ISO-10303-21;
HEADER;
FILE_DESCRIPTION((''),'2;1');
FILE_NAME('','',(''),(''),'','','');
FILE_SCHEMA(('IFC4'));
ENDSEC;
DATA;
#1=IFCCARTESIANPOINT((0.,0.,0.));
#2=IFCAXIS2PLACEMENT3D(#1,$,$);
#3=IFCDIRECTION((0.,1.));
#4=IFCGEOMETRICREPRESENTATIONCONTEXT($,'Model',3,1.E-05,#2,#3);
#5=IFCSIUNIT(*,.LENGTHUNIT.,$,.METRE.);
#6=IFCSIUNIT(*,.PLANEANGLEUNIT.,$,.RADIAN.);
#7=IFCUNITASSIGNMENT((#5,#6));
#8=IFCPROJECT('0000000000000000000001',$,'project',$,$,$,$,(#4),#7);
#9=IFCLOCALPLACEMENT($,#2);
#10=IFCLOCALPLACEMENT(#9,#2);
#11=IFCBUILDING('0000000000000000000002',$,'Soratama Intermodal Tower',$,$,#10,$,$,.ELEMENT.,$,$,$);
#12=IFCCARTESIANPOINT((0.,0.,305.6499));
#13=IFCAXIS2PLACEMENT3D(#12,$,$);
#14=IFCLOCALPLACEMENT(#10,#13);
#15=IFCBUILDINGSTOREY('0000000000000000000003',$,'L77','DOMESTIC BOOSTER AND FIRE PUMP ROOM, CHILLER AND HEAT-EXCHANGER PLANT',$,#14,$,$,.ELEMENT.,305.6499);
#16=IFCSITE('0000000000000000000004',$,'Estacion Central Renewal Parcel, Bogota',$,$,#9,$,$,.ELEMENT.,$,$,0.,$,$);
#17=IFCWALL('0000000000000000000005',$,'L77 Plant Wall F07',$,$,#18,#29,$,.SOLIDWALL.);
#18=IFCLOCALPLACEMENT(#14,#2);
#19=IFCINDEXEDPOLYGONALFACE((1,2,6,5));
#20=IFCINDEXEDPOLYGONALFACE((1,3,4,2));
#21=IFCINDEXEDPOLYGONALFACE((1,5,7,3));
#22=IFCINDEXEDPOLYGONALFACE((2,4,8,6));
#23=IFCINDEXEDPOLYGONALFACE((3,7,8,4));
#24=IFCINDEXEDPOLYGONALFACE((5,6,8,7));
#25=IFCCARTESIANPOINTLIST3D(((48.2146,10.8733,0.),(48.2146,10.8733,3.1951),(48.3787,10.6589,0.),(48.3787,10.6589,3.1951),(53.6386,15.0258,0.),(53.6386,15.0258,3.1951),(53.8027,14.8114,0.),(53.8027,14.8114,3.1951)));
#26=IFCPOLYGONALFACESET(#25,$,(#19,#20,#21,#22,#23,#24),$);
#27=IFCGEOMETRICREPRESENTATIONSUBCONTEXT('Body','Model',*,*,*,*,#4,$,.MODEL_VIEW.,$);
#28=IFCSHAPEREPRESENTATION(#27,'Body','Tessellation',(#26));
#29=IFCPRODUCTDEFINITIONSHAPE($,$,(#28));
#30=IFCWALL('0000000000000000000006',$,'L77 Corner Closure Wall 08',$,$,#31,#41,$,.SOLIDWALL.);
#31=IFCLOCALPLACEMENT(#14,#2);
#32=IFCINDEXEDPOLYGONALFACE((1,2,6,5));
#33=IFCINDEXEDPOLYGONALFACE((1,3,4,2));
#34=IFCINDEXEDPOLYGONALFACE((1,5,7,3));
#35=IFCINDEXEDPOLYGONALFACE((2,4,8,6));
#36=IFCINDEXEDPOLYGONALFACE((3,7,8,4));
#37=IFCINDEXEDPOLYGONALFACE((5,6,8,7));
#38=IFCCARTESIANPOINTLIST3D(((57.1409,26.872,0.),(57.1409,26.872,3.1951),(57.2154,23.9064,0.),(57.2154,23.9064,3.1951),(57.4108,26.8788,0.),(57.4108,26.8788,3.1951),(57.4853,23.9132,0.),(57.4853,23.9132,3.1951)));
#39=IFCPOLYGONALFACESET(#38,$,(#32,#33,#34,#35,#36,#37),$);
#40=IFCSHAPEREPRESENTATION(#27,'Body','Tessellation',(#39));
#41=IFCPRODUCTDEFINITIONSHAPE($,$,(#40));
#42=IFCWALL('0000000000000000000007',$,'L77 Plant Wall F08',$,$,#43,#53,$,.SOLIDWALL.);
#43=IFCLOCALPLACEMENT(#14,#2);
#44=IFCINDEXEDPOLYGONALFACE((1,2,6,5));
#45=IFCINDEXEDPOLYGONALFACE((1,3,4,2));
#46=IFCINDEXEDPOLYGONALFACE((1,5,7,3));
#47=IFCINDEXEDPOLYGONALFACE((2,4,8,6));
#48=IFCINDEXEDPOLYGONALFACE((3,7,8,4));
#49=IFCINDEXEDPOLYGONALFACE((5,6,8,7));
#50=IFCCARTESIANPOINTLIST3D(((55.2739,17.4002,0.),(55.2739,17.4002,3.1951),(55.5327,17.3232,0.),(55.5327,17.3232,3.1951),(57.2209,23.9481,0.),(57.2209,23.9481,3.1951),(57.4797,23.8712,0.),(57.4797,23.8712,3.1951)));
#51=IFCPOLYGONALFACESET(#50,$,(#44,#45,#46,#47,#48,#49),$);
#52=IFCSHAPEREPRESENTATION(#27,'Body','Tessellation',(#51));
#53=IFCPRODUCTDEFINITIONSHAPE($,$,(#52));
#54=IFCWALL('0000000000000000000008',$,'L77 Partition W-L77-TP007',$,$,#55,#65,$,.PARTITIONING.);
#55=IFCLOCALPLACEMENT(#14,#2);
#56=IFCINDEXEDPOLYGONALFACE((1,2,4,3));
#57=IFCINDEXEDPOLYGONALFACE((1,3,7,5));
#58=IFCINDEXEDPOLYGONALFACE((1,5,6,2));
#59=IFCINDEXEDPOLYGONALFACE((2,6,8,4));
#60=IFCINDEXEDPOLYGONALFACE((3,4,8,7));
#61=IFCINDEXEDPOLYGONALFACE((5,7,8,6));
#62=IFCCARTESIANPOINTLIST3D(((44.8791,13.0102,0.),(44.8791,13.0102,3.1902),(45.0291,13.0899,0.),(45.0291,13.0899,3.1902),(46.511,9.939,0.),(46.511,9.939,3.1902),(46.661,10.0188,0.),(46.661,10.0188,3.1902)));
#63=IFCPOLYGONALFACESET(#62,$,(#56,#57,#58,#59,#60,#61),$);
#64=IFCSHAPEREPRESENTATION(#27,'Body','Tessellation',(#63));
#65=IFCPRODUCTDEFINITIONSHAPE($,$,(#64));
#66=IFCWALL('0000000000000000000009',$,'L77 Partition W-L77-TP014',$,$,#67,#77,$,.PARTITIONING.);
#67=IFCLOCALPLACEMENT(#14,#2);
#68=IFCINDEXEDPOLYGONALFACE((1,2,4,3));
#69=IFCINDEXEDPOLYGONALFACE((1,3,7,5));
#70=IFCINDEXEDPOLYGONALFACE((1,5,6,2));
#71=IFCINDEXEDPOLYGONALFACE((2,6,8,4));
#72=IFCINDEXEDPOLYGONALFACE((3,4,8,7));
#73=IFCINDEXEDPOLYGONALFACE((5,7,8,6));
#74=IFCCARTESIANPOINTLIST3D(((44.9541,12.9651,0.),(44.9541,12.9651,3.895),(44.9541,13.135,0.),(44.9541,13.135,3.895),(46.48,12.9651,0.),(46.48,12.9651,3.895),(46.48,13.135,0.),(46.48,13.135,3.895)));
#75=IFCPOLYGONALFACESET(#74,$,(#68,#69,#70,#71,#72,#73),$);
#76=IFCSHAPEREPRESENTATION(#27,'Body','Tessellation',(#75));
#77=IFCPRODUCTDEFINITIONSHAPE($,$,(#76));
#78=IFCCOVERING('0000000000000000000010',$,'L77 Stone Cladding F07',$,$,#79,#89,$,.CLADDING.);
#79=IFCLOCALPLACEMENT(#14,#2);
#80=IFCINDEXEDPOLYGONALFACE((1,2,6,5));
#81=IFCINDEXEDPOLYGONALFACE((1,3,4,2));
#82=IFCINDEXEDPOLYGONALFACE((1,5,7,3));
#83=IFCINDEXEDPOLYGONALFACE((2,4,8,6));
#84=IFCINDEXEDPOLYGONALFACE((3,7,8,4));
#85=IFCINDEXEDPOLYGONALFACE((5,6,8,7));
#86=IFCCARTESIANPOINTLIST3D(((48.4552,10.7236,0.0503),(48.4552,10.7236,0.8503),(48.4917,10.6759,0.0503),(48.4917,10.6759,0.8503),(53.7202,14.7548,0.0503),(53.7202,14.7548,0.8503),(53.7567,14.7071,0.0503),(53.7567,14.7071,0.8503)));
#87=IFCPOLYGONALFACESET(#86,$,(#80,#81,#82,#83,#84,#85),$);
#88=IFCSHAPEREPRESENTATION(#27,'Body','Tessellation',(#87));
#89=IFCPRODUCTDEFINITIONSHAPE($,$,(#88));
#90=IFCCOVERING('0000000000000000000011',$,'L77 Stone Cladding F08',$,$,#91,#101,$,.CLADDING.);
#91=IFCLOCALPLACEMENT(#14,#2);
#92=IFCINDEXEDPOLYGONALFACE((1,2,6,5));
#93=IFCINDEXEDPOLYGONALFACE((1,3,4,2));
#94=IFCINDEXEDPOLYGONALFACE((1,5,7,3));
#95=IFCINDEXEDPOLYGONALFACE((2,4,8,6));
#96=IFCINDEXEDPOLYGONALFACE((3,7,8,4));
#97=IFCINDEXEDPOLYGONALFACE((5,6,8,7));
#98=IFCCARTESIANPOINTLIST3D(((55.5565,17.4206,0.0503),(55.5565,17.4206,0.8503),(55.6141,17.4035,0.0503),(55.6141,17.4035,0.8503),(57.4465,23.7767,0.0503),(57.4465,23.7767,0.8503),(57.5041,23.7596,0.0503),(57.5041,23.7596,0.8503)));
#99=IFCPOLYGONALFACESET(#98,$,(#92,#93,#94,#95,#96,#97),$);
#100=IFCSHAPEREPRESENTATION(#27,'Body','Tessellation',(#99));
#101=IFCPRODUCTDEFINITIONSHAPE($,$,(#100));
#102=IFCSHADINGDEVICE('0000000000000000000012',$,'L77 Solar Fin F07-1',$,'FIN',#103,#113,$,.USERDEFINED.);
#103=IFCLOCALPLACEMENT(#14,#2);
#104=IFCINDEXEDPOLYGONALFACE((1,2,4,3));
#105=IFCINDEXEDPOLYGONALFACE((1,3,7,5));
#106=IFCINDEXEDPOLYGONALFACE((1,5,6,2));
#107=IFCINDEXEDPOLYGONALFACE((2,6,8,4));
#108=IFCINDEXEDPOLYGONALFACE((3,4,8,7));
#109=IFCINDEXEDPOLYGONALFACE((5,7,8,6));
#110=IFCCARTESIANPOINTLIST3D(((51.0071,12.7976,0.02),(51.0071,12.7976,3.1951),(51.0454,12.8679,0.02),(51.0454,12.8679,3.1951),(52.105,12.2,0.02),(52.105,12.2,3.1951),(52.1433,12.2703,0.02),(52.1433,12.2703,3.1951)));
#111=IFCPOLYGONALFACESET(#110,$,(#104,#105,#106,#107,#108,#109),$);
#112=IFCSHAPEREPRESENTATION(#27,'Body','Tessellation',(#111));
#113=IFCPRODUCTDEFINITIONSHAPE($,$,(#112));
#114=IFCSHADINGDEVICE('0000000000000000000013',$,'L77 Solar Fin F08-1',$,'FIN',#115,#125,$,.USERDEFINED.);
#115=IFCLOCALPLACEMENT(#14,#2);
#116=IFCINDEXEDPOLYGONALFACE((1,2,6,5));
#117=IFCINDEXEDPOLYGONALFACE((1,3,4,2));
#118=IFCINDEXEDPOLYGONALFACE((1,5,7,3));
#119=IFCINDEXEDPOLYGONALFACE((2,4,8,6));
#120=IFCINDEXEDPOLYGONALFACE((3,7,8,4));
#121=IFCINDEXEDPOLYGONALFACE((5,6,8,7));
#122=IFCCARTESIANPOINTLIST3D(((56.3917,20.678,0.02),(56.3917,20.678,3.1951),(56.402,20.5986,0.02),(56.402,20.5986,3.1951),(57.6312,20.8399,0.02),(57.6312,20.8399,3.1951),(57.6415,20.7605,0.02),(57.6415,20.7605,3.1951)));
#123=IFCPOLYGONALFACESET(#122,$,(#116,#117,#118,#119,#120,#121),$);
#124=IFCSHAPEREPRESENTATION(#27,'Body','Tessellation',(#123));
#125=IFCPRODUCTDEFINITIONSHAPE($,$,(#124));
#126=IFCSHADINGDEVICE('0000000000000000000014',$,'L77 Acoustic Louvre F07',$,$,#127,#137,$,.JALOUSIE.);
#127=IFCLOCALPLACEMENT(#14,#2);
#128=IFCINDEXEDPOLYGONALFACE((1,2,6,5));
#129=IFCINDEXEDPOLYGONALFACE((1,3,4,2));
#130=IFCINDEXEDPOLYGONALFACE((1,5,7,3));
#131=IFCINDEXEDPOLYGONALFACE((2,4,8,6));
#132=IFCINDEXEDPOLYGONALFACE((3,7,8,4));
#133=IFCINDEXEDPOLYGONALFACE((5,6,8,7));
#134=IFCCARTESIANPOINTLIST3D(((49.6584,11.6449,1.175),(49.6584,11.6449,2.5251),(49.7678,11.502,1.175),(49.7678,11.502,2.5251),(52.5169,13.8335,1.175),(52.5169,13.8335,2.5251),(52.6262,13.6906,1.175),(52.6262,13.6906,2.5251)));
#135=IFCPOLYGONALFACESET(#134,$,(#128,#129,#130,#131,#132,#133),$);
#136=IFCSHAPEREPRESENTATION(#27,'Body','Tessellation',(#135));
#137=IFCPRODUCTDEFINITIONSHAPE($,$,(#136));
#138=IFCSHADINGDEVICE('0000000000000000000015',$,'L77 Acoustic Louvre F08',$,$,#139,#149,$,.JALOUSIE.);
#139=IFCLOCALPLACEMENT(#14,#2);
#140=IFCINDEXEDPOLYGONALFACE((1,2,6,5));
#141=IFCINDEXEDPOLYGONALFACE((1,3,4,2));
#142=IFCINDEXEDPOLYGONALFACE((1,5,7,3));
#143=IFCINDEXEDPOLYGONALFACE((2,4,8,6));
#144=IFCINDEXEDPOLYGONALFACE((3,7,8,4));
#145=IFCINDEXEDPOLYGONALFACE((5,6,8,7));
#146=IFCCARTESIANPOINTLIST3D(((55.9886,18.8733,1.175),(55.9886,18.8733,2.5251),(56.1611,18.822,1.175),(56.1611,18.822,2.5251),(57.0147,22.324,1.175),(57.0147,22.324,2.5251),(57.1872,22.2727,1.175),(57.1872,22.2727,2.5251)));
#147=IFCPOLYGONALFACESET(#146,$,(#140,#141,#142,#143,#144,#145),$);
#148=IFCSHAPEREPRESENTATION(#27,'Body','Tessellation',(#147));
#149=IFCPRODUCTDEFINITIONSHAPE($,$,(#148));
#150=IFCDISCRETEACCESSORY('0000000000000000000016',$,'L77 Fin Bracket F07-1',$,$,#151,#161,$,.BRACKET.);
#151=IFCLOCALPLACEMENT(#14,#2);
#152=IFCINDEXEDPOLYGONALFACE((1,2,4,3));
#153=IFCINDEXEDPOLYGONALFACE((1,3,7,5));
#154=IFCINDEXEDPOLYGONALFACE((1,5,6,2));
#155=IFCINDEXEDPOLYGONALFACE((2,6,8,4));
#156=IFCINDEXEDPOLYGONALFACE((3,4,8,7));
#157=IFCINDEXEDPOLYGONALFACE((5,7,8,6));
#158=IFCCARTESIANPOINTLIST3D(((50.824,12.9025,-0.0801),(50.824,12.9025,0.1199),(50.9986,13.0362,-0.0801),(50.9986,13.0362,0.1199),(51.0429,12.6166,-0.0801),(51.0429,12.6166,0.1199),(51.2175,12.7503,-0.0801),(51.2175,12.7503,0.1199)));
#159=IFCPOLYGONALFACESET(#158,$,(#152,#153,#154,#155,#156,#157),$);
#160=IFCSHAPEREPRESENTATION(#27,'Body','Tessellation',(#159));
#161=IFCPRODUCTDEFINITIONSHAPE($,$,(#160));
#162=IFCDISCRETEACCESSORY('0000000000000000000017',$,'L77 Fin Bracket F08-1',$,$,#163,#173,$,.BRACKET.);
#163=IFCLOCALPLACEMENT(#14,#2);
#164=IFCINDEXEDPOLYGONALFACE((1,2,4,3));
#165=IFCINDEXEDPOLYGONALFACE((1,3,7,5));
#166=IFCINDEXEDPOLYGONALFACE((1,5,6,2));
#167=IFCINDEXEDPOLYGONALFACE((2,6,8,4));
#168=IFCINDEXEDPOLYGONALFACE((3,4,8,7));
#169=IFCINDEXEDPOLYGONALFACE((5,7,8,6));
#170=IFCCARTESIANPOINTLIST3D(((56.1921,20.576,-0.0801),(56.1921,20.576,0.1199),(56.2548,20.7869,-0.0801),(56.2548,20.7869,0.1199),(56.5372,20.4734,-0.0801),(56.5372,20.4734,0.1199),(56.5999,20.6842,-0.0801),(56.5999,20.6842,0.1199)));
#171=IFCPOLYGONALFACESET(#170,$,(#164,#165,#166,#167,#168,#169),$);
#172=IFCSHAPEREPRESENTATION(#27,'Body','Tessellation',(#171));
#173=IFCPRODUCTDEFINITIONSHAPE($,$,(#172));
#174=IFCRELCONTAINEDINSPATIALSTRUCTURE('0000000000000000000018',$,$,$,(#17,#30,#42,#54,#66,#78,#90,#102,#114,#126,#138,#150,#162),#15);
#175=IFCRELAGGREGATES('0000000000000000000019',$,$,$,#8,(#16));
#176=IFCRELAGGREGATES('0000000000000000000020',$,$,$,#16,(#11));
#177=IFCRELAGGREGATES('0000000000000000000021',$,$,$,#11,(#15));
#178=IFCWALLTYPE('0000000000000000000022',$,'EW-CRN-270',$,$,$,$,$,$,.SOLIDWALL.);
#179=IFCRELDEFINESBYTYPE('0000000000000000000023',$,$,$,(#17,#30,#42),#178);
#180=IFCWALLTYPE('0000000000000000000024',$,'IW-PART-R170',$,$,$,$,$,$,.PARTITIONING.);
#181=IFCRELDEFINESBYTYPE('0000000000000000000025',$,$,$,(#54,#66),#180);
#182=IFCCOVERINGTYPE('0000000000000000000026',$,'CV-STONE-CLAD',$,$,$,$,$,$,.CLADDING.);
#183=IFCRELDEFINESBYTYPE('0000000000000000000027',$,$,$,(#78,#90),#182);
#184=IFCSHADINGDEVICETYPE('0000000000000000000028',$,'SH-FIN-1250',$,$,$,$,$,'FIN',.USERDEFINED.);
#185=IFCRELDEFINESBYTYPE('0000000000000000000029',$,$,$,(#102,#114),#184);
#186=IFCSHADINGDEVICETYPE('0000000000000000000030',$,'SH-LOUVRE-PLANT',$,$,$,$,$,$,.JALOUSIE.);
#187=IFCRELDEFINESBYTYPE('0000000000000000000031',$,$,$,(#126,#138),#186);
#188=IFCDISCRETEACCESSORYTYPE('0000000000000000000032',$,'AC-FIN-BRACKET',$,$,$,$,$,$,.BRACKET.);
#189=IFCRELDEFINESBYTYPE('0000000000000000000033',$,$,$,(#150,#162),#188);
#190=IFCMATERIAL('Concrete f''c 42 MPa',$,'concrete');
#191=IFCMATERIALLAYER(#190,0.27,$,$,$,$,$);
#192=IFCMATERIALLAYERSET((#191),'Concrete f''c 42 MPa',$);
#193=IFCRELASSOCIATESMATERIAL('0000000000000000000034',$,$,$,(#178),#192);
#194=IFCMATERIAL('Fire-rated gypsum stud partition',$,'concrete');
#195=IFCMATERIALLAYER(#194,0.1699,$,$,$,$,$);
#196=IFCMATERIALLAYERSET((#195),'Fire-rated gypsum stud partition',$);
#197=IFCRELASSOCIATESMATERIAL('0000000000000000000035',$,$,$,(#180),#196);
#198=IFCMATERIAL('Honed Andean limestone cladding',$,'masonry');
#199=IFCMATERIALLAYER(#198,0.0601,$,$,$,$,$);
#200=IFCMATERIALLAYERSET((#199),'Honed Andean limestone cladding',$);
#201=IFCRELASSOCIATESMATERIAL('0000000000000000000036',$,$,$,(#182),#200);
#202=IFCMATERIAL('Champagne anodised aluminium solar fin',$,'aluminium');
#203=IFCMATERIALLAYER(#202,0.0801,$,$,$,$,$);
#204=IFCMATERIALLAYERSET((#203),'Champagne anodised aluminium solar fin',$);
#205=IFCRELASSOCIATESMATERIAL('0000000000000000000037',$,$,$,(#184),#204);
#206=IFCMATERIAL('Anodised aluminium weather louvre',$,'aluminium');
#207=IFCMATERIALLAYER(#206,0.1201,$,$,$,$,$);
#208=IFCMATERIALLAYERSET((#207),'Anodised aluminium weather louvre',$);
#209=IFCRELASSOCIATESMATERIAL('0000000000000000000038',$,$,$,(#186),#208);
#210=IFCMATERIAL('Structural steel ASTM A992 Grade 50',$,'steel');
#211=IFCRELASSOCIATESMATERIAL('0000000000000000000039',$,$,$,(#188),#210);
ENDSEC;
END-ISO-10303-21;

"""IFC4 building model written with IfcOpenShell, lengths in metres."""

from ifc_helpers import new_model, si_unit, direction, frame, frame_2d, origin, origin_2d, place, context, subcontext, project, spatial, rectangle, extrude, material, layer, layer_set, type_object, element, save


model = new_model("IFC4")

# Units and contexts
model_context = context("Model", 3, precision=1e-05, world=origin(), true_north=direction((0.0, 1.0)))
body_context = subcontext(model_context, "Body", "Model", "MODEL_VIEW")
ifc_project = project(units=[si_unit("LENGTHUNIT", "METRE"), si_unit("PLANEANGLEUNIT", "RADIAN")], contexts=[model_context])

# Site, building, storey
site_placement = place(None, origin())
site = spatial("IfcSite", under=ifc_project, at=site_placement, Name="Estacion Central Renewal Parcel, Bogota", CompositionType="ELEMENT", RefElevation=0.0)
building_placement = place(site_placement, origin())
building = spatial("IfcBuilding", under=site, at=building_placement, Name="Soratama Intermodal Tower", CompositionType="ELEMENT")
storey_placement = place(building_placement, frame((0.0, 0.0, 305.6499)))
storey = spatial("IfcBuildingStorey", under=building, at=storey_placement, Name="L77", Description="DOMESTIC BOOSTER AND FIRE PUMP ROOM, CHILLER AND HEAT-EXCHANGER PLANT", CompositionType="ELEMENT", Elevation=305.6499)

# Walls
ifc_material_1 = material(Name="Concrete f'c 42 MPa", Category="concrete")
ifc_layer_1 = layer(ifc_material_1, 0.27)
ifc_layer_set_1 = layer_set([ifc_layer_1], Name="Concrete f'c 42 MPa")
wall_type_1 = type_object("IfcWallType", Name="EW-CRN-270", PredefinedType="SOLIDWALL", material=ifc_layer_set_1)
wall_1_placement = place(storey_placement, frame((48.2966, 10.7661, 0.0), z_axis=(0.0, 0.0, 1.0), x_axis=(0.794021, 0.60789, 0.0)))
element("IfcWall", 1, at=wall_1_placement, inside=storey, type_object=wall_type_1, Name="L77 Plant Wall F07", PredefinedType="SOLIDWALL", context=body_context, shape_type="SweptSolid", body=[
    extrude(rectangle(XDim=6.8311, YDim=0.27, at=frame_2d((3.4155, 0.0))), origin(), (0.0, 0.0, 1.0), 3.1951),
])
wall_2_placement = place(storey_placement, frame((57.3503, 23.9097, 0.0), z_axis=(0.0, 0.0, 1.0), x_axis=(-0.025101, 0.999685, 0.0)))
element("IfcWall", 2, at=wall_2_placement, inside=storey, type_object=wall_type_1, Name="L77 Corner Closure Wall 08", PredefinedType="SOLIDWALL", context=body_context, shape_type="SweptSolid", body=[
    extrude(rectangle(XDim=2.9666, YDim=0.27, at=frame_2d((1.4834, 0.0))), origin(), (0.0, 0.0, 1.0), 3.1951),
])
wall_3_placement = place(storey_placement, frame((55.4033, 17.3618, 0.0), z_axis=(0.0, 0.0, 1.0), x_axis=(0.285019, 0.958522, 0.0)))
element("IfcWall", 3, at=wall_3_placement, inside=storey, type_object=wall_type_1, Name="L77 Plant Wall F08", PredefinedType="SOLIDWALL", context=body_context, shape_type="SweptSolid", body=[
    extrude(rectangle(XDim=6.8313, YDim=0.27, at=frame_2d((3.4155, 0.0))), origin(), (0.0, 0.0, 1.0), 3.1951),
])
ifc_material_2 = material(Name="Fire-rated gypsum stud partition", Category="concrete")
ifc_layer_2 = layer(ifc_material_2, 0.1699)
ifc_layer_set_2 = layer_set([ifc_layer_2], Name="Fire-rated gypsum stud partition")
wall_type_2 = type_object("IfcWallType", Name="IW-PART-R170", PredefinedType="PARTITIONING", material=ifc_layer_set_2)
wall_4_placement = place(storey_placement, frame((46.5859, 9.979, 0.0), z_axis=(0.0, 0.0, 1.0), x_axis=(-0.469232, 0.883075, 0.0)))
element("IfcWall", 4, at=wall_4_placement, inside=storey, type_object=wall_type_2, Name="L77 Partition W-L77-TP007", PredefinedType="PARTITIONING", context=body_context, shape_type="SweptSolid", body=[
    extrude(rectangle(XDim=3.4778, YDim=0.1699, at=frame_2d((1.7388, 0.0))), origin(), (0.0, 0.0, 1.0), 3.1902),
])
wall_5_placement = place(storey_placement, frame((46.48, 13.05, 0.0), z_axis=(0.0, 0.0, 1.0), x_axis=(-1.0, 0.0, 0.0)))
element("IfcWall", 5, at=wall_5_placement, inside=storey, type_object=wall_type_2, Name="L77 Partition W-L77-TP014", PredefinedType="PARTITIONING", context=body_context, shape_type="SweptSolid", body=[
    extrude(rectangle(XDim=1.5259, YDim=0.1699, at=frame_2d((0.7629, 0.0))), origin(), (0.0, 0.0, 1.0), 3.895),
])

# Coverings
ifc_material_3 = material(Name="Honed Andean limestone cladding", Category="masonry")
ifc_layer_3 = layer(ifc_material_3, 0.0601)
ifc_layer_set_3 = layer_set([ifc_layer_3], Name="Honed Andean limestone cladding")
covering_type = type_object("IfcCoveringType", Name="CV-STONE-CLAD", PredefinedType="CLADDING", material=ifc_layer_set_3)
for number, where, z_axis, x_axis, name in (
    (6, (51.106, 12.7153, 0.0503), (0.0, 0.0, 1.0), (0.79399, 0.60793, 0.0), "L77 Stone Cladding F07"),
    (7, (56.5303, 20.5901, 0.0503), (0.0, 0.0, 1.0), (0.285019, 0.958522, 0.0), "L77 Stone Cladding F08"),
):
    element("IfcCovering", number, at=place(storey_placement, frame(where, z_axis=z_axis, x_axis=x_axis)), inside=storey, type_object=covering_type, Name=name, PredefinedType="CLADDING", context=body_context, shape_type="SweptSolid", body=[
        extrude(rectangle(XDim=6.6311, YDim=0.0601, at=origin_2d()), origin(), (0.0, 0.0, 1.0), 0.8),
    ])

# Shading devices
ifc_material_4 = material(Name="Champagne anodised aluminium solar fin", Category="aluminium")
ifc_layer_4 = layer(ifc_material_4, 0.0801)
ifc_layer_set_4 = layer_set([ifc_layer_4], Name="Champagne anodised aluminium solar fin")
shading_device_type_1 = type_object("IfcShadingDeviceType", Name="SH-FIN-1250", ElementType="FIN", PredefinedType="USERDEFINED", material=ifc_layer_set_4)
for number, where, z_axis, x_axis, name in (
    (8, (51.5752, 12.5339, 0.02), (0.0, 0.0, 1.0), (0.878317, -0.478079, 0.0), "L77 Solar Fin F07-1"),
    (9, (57.0166, 20.7192, 0.02), (0.0, 0.0, 1.0), (0.991581, 0.129488, 0.0), "L77 Solar Fin F08-1"),
):
    element("IfcShadingDevice", number, at=place(storey_placement, frame(where, z_axis=z_axis, x_axis=x_axis)), inside=storey, type_object=shading_device_type_1, Name=name, ObjectType="FIN", PredefinedType="USERDEFINED", context=body_context, shape_type="SweptSolid", body=[
        extrude(rectangle(XDim=1.25, YDim=0.0801, at=origin_2d()), origin(), (0.0, 0.0, 1.0), 3.175),
    ])
ifc_material_5 = material(Name="Anodised aluminium weather louvre", Category="aluminium")
ifc_layer_5 = layer(ifc_material_5, 0.1201)
ifc_layer_set_5 = layer_set([ifc_layer_5], Name="Anodised aluminium weather louvre")
shading_device_type_2 = type_object("IfcShadingDeviceType", Name="SH-LOUVRE-PLANT", PredefinedType="JALOUSIE", material=ifc_layer_set_5)
for number, where, z_axis, x_axis, name in (
    (10, (51.1423, 12.6677, 1.175), (0.0, 0.0, 1.0), (0.79399, 0.60793, 0.0), "L77 Acoustic Louvre F07"),
    (11, (56.5879, 20.573, 1.175), (0.0, 0.0, 1.0), (0.285019, 0.958522, 0.0), "L77 Acoustic Louvre F08"),
):
    element("IfcShadingDevice", number, at=place(storey_placement, frame(where, z_axis=z_axis, x_axis=x_axis)), inside=storey, type_object=shading_device_type_2, Name=name, PredefinedType="JALOUSIE", context=body_context, shape_type="SweptSolid", body=[
        extrude(rectangle(XDim=3.6001, YDim=0.1799, at=origin_2d()), origin(), (0.0, 0.0, 1.0), 1.3501),
    ])

# Discrete accessories
ifc_material_6 = material(Name="Structural steel ASTM A992 Grade 50", Category="steel")
discrete_accessory_type = type_object("IfcDiscreteAccessoryType", Name="AC-FIN-BRACKET", PredefinedType="BRACKET", material=ifc_material_6)
for number, where, z_axis, x_axis, name in (
    (12, (51.0208, 12.8264, -0.0801), (0.0, 0.0, 1.0), (0.60793, -0.79399, 0.0), "L77 Fin Bracket F07-1"),
    (13, (56.396, 20.6301, -0.0801), (0.0, 0.0, 1.0), (0.958522, -0.285019, 0.0), "L77 Fin Bracket F08-1"),
):
    element("IfcDiscreteAccessory", number, at=place(storey_placement, frame(where, z_axis=z_axis, x_axis=x_axis)), inside=storey, type_object=discrete_accessory_type, Name=name, PredefinedType="BRACKET", context=body_context, shape_type="SweptSolid", body=[
        extrude(rectangle(XDim=0.3601, YDim=0.22, at=origin_2d()), origin(), (0.0, 0.0, 1.0), 0.2),
    ])

save(model, "model.ifc")
